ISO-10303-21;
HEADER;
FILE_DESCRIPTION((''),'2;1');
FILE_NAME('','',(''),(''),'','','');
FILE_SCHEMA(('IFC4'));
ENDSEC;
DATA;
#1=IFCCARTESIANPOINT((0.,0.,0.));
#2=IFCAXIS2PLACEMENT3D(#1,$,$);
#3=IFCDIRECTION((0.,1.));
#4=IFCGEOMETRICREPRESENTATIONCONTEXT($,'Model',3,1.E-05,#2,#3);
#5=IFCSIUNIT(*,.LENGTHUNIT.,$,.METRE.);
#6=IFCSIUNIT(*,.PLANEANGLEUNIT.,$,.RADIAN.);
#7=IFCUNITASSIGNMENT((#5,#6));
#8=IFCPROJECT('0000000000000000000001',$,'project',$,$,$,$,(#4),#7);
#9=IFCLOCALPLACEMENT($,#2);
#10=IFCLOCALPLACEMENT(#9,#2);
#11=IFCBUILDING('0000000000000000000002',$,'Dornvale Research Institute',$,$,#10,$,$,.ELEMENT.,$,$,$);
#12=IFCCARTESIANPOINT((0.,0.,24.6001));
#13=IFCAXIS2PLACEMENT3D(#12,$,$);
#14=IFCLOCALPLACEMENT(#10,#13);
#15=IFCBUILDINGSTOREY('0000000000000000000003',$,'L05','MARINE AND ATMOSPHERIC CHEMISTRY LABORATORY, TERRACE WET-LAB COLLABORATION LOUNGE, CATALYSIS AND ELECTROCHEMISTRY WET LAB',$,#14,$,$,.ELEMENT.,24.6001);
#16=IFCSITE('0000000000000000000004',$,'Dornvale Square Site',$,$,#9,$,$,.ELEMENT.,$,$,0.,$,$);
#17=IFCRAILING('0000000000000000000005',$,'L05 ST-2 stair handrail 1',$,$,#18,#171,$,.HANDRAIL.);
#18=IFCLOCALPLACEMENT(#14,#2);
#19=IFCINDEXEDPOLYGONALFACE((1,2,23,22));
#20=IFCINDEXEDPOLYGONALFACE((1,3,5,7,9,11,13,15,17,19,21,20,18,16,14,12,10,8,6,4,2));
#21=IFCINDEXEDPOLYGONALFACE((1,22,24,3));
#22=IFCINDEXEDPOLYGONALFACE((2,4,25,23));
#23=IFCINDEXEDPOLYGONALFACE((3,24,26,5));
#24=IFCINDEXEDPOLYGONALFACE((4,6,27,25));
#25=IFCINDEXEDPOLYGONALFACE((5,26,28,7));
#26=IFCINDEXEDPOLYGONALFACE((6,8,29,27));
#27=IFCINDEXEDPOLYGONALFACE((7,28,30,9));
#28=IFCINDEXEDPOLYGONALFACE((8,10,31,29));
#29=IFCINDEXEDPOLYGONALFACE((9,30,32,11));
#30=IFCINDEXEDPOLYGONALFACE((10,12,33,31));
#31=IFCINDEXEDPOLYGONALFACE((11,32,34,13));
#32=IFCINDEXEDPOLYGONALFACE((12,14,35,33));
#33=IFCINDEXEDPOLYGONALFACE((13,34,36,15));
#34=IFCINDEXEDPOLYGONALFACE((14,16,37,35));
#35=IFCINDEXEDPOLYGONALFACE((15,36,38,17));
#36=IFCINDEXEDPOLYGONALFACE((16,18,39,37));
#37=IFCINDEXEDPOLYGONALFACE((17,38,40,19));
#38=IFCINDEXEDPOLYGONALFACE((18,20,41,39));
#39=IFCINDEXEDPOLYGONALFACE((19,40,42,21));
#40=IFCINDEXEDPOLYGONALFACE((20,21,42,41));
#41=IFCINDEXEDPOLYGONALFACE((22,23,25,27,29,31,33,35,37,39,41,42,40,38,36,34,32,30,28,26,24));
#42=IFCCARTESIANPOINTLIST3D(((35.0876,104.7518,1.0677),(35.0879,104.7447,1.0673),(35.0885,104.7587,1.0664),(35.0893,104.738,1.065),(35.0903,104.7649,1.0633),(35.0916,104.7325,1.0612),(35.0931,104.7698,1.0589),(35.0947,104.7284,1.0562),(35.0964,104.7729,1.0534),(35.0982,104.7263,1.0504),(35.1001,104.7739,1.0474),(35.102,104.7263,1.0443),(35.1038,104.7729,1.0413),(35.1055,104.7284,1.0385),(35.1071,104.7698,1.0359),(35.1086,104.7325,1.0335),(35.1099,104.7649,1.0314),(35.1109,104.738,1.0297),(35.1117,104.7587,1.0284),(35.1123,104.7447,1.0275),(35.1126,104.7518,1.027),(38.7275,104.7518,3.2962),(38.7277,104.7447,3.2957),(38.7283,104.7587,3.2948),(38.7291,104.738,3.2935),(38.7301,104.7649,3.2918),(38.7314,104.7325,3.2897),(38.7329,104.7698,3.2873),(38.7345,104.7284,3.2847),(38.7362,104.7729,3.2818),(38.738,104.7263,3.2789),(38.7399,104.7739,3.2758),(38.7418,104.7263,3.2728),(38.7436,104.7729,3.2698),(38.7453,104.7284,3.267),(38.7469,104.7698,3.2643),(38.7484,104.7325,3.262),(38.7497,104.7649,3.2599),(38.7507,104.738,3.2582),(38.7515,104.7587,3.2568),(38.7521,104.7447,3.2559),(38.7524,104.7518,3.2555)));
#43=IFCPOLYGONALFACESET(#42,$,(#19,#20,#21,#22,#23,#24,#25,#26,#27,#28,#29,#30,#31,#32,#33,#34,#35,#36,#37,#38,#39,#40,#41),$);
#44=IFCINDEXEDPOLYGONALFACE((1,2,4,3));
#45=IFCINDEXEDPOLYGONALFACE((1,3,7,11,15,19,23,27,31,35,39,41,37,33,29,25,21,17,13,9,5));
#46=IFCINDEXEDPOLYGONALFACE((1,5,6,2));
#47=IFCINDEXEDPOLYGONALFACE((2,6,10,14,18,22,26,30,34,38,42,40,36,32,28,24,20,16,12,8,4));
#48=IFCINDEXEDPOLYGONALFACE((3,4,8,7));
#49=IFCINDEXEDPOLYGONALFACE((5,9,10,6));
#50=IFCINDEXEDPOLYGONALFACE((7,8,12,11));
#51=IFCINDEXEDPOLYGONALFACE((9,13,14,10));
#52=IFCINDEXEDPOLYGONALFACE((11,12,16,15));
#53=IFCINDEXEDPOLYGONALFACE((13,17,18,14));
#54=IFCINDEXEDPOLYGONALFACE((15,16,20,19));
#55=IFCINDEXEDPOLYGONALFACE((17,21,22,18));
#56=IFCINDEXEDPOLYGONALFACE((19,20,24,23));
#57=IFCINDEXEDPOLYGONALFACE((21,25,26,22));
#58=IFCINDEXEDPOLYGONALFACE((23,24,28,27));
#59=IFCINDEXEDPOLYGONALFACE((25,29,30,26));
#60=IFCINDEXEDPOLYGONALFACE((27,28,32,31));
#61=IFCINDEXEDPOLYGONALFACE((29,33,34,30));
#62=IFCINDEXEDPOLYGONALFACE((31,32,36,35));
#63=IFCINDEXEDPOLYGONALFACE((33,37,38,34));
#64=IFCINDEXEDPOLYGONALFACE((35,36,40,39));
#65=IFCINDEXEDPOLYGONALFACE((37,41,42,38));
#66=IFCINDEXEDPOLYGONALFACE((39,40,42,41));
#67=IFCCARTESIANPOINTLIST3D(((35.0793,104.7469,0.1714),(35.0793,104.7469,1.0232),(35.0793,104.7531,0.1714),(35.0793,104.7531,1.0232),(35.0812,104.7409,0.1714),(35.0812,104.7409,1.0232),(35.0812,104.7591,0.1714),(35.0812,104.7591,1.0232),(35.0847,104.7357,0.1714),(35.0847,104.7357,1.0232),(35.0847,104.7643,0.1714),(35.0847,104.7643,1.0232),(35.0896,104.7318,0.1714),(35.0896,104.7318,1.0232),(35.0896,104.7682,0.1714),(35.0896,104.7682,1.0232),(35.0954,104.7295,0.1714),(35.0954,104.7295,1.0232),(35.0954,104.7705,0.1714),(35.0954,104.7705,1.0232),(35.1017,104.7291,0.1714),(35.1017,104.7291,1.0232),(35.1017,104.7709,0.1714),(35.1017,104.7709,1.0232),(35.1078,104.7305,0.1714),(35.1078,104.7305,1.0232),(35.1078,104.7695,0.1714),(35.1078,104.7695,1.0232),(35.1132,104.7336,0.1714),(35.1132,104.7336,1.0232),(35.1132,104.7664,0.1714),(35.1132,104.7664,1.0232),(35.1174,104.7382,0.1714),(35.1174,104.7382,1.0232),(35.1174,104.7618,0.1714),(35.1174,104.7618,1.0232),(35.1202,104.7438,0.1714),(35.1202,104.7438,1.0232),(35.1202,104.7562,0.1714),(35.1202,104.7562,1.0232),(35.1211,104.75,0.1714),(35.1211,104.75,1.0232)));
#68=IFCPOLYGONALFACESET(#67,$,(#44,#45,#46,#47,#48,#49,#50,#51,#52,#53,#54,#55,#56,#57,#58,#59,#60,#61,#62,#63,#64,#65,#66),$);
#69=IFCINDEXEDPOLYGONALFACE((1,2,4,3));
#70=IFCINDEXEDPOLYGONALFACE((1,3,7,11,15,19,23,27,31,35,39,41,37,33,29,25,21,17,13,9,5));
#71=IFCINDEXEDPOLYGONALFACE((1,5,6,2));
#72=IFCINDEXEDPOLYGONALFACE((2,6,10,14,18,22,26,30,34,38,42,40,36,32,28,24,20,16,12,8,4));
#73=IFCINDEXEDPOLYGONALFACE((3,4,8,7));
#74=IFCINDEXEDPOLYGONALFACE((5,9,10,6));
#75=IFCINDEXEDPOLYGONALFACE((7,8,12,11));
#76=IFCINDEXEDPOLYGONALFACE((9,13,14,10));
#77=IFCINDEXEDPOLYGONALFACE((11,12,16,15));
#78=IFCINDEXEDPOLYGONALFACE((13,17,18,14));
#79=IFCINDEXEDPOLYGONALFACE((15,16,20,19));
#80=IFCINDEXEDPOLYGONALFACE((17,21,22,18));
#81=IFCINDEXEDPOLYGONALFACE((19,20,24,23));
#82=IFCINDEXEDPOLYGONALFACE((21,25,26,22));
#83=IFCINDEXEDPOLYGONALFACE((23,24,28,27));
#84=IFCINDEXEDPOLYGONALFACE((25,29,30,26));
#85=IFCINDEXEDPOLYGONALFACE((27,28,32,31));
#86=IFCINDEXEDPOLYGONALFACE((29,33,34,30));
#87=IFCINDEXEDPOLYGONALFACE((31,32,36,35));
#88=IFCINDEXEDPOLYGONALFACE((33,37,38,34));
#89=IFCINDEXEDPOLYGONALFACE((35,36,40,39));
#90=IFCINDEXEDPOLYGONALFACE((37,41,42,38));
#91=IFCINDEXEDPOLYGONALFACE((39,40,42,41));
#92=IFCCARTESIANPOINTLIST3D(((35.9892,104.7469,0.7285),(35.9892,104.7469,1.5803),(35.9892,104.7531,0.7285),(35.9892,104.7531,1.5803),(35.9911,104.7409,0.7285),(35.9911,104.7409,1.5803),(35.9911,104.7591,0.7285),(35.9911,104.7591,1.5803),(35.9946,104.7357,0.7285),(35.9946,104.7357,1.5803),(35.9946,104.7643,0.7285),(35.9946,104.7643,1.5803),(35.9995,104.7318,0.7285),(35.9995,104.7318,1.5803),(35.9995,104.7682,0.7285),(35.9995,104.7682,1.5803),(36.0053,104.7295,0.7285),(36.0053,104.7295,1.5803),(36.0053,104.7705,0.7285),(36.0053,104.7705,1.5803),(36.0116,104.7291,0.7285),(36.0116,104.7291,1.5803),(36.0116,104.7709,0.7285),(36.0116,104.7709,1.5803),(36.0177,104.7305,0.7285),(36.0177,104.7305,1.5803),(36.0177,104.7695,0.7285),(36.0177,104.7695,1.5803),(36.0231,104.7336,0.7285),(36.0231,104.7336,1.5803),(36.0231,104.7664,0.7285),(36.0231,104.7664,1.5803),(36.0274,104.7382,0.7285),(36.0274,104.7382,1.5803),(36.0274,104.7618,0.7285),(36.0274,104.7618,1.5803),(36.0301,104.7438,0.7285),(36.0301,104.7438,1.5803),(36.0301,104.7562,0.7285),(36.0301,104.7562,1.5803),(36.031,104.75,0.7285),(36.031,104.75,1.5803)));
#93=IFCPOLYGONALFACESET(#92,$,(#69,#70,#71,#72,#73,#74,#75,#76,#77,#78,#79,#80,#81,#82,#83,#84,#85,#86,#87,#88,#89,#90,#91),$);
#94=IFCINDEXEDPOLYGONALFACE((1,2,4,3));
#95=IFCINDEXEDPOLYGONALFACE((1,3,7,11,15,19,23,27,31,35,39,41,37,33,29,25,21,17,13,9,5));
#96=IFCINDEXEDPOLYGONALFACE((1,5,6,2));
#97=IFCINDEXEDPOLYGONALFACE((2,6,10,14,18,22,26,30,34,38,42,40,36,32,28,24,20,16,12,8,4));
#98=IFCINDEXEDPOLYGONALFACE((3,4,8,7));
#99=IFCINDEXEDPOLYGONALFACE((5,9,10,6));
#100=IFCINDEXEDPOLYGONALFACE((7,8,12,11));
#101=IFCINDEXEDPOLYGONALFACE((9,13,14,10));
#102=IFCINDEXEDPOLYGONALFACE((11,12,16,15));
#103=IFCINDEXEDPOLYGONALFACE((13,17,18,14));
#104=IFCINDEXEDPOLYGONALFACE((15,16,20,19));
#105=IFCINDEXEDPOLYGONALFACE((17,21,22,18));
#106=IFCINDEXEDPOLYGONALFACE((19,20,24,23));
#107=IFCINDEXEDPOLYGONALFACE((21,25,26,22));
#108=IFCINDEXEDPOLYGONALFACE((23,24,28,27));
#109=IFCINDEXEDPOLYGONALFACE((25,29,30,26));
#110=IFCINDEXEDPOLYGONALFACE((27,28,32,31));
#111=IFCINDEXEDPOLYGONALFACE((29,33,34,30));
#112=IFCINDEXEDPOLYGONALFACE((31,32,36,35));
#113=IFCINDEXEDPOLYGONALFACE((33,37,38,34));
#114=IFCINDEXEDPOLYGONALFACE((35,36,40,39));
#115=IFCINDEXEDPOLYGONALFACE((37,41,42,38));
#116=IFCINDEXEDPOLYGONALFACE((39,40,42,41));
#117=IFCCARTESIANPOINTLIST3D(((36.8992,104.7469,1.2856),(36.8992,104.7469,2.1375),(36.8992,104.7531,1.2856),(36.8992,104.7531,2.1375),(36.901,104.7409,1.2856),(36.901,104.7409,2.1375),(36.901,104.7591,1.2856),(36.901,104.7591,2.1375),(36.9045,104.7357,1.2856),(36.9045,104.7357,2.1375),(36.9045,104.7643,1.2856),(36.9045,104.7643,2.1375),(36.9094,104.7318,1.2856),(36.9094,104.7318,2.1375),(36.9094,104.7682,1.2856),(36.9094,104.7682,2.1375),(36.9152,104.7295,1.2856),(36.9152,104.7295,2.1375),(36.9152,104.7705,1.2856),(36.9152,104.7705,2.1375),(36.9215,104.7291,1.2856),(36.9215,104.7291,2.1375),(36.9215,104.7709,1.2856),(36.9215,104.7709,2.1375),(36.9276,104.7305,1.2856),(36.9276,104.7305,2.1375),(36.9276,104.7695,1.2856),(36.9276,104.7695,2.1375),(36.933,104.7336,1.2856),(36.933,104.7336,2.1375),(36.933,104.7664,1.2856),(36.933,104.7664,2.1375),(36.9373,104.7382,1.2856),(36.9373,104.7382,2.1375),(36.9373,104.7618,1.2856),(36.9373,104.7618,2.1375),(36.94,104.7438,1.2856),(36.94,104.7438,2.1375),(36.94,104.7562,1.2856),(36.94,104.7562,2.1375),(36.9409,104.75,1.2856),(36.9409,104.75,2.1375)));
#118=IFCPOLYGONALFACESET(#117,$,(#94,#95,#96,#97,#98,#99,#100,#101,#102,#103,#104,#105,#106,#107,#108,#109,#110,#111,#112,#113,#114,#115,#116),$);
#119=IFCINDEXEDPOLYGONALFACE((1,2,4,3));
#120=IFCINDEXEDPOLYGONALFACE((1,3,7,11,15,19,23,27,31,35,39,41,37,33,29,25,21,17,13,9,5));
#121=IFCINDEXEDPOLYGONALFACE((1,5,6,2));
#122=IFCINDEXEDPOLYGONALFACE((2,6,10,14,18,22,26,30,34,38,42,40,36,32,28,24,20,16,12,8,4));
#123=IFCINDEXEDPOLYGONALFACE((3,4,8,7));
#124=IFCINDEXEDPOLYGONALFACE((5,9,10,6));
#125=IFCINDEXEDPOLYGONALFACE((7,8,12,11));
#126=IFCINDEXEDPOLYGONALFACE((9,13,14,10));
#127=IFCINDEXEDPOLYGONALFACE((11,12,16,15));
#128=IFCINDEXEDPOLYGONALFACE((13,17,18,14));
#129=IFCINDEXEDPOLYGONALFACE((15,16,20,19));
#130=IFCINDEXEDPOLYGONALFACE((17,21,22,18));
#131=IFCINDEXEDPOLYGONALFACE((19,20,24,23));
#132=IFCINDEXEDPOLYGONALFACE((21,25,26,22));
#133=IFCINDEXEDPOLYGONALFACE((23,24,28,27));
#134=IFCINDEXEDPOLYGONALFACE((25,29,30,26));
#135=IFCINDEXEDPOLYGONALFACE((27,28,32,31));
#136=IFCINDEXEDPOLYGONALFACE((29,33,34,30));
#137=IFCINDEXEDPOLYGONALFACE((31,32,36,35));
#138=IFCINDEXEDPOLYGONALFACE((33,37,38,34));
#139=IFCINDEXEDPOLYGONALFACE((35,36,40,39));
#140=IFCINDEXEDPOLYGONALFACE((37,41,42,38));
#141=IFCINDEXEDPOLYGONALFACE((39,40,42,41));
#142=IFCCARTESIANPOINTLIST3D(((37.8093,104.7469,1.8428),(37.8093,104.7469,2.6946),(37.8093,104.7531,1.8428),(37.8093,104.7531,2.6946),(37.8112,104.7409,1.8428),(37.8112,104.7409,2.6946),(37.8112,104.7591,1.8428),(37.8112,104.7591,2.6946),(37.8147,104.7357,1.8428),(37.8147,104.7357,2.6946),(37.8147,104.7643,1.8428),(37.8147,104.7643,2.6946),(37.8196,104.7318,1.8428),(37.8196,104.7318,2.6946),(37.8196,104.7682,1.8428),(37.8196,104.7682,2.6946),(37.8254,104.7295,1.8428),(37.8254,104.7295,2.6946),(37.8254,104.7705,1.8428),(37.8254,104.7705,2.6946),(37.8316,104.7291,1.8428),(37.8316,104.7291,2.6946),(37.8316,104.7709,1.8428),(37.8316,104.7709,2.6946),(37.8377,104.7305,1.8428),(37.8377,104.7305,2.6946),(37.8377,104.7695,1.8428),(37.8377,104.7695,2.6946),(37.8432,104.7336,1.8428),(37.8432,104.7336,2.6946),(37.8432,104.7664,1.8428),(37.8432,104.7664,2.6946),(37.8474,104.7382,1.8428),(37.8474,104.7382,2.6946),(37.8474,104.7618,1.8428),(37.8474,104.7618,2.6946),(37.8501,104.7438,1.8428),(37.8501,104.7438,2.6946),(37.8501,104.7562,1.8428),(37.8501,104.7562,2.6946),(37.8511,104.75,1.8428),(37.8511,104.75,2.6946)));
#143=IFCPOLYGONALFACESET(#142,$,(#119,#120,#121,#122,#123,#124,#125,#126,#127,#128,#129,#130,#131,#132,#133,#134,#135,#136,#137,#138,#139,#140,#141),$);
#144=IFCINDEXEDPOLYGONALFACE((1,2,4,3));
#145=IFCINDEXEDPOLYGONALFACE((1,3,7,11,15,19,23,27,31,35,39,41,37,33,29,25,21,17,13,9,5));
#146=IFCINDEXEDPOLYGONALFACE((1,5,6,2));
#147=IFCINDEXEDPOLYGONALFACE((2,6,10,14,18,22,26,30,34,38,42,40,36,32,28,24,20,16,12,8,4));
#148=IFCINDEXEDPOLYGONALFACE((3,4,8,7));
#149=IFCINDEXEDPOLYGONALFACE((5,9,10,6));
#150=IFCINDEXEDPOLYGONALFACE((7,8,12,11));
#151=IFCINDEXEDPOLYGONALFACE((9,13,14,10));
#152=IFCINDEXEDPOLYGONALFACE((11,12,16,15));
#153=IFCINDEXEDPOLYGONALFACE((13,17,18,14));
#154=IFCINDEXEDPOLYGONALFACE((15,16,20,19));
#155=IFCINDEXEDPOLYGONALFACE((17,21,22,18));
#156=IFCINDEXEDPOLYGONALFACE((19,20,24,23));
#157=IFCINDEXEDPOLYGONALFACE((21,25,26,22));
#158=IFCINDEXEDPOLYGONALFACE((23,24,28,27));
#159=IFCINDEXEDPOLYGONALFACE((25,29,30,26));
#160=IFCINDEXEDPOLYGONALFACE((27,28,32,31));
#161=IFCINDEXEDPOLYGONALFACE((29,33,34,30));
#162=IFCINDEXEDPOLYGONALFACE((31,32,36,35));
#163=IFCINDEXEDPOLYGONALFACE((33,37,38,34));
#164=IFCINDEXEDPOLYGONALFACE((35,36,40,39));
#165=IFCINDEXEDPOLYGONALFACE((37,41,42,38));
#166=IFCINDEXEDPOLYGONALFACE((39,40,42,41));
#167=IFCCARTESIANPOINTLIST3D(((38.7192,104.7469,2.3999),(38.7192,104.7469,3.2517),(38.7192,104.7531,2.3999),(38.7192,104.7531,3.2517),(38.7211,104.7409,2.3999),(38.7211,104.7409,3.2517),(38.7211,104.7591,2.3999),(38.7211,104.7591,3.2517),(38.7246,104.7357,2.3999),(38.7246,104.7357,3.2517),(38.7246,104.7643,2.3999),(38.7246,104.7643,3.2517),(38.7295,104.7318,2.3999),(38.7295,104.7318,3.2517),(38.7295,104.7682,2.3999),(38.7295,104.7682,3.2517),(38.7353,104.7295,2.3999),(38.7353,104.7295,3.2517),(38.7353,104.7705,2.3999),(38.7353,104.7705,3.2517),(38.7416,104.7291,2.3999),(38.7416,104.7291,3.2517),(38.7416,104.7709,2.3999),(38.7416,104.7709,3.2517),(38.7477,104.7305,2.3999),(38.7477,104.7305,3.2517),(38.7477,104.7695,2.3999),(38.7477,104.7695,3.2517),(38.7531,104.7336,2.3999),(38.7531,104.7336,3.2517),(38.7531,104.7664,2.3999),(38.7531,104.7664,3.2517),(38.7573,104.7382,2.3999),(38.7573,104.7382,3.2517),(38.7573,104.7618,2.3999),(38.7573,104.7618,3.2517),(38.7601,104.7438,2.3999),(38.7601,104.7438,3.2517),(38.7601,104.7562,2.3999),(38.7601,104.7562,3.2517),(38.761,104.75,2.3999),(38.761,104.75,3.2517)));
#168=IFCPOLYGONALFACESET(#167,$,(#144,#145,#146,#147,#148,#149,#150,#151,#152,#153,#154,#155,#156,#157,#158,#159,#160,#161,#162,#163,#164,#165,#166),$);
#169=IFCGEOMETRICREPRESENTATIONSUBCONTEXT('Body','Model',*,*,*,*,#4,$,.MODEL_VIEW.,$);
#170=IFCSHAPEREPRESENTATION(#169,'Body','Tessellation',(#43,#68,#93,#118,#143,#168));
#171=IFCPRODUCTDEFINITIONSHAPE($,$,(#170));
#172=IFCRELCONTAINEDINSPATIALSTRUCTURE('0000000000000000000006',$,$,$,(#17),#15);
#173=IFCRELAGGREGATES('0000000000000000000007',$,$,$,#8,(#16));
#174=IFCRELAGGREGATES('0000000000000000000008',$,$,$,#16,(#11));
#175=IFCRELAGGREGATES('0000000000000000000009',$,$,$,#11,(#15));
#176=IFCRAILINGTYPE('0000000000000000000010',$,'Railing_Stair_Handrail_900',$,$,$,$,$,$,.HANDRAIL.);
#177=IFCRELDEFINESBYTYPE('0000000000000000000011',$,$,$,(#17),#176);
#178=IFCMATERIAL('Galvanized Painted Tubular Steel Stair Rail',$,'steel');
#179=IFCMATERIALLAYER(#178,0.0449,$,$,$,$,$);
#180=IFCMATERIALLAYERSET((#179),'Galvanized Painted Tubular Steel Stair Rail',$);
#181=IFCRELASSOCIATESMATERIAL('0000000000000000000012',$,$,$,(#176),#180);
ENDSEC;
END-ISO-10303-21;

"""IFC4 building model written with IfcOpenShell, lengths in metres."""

from ifc_helpers import new_model, si_unit, direction, frame, origin, origin_2d, place, context, subcontext, project, spatial, circle, extrude, material, layer, layer_set, type_object, element, save


model = new_model("IFC4")

# Units and contexts
model_context = context("Model", 3, precision=1e-05, world=origin(), true_north=direction((0.0, 1.0)))
body_context = subcontext(model_context, "Body", "Model", "MODEL_VIEW")
ifc_project = project(units=[si_unit("LENGTHUNIT", "METRE"), si_unit("PLANEANGLEUNIT", "RADIAN")], contexts=[model_context])

# Site, building, storey
site_placement = place(None, origin())
site = spatial("IfcSite", under=ifc_project, at=site_placement, Name="Dornvale Square Site", CompositionType="ELEMENT", RefElevation=0.0)
building_placement = place(site_placement, origin())
building = spatial("IfcBuilding", under=site, at=building_placement, Name="Dornvale Research Institute", CompositionType="ELEMENT")
storey_placement = place(building_placement, frame((0.0, 0.0, 24.6001)))
storey = spatial("IfcBuildingStorey", under=building, at=storey_placement, Name="L05", Description="MARINE AND ATMOSPHERIC CHEMISTRY LABORATORY, TERRACE WET-LAB COLLABORATION LOUNGE, CATALYSIS AND ELECTROCHEMISTRY WET LAB", CompositionType="ELEMENT", Elevation=24.6001)

# Railing
ifc_material_1 = material(Name="Galvanized Painted Tubular Steel Stair Rail", Category="steel")
ifc_layer_1 = layer(ifc_material_1, 0.0449)
ifc_layer_set_1 = layer_set([ifc_layer_1], Name="Galvanized Painted Tubular Steel Stair Rail")
railing_type_1 = type_object("IfcRailingType", Name="Railing_Stair_Handrail_900", PredefinedType="HANDRAIL", material=ifc_layer_set_1)
railing_1_placement = place(storey_placement, frame((35.1001, 104.75, 0.1714)))
element("IfcRailing", 1, at=railing_1_placement, inside=storey, type_object=railing_type_1, Name="L05 ST-2 stair handrail 1", PredefinedType="HANDRAIL", context=body_context, shape_type="SweptSolid", body=[
    extrude(circle(Radius=0.0239, at=origin_2d()), frame((0.0, 0.0, 0.876), z_axis=(0.85285, 0.0, 0.522156), x_axis=(0.0, 1.0, 0.0)), (0.0, 0.0, 1.0), 4.2678),
    extrude(circle(Radius=0.021, at=origin_2d()), origin(), (0.0, 0.0, 1.0), 0.8518),
    extrude(circle(Radius=0.021, at=origin_2d()), frame((0.9099, 0.0, 0.5571)), (0.0, 0.0, 1.0), 0.8518),
    extrude(circle(Radius=0.021, at=origin_2d()), frame((1.8198, 0.0, 1.1143)), (0.0, 0.0, 1.0), 0.8518),
    extrude(circle(Radius=0.021, at=origin_2d()), frame((2.73, 0.0, 1.6714)), (0.0, 0.0, 1.0), 0.8518),
    extrude(circle(Radius=0.021, at=origin_2d()), frame((3.6399, 0.0, 2.2285)), (0.0, 0.0, 1.0), 0.8518),
])

save(model, "model.ifc")
